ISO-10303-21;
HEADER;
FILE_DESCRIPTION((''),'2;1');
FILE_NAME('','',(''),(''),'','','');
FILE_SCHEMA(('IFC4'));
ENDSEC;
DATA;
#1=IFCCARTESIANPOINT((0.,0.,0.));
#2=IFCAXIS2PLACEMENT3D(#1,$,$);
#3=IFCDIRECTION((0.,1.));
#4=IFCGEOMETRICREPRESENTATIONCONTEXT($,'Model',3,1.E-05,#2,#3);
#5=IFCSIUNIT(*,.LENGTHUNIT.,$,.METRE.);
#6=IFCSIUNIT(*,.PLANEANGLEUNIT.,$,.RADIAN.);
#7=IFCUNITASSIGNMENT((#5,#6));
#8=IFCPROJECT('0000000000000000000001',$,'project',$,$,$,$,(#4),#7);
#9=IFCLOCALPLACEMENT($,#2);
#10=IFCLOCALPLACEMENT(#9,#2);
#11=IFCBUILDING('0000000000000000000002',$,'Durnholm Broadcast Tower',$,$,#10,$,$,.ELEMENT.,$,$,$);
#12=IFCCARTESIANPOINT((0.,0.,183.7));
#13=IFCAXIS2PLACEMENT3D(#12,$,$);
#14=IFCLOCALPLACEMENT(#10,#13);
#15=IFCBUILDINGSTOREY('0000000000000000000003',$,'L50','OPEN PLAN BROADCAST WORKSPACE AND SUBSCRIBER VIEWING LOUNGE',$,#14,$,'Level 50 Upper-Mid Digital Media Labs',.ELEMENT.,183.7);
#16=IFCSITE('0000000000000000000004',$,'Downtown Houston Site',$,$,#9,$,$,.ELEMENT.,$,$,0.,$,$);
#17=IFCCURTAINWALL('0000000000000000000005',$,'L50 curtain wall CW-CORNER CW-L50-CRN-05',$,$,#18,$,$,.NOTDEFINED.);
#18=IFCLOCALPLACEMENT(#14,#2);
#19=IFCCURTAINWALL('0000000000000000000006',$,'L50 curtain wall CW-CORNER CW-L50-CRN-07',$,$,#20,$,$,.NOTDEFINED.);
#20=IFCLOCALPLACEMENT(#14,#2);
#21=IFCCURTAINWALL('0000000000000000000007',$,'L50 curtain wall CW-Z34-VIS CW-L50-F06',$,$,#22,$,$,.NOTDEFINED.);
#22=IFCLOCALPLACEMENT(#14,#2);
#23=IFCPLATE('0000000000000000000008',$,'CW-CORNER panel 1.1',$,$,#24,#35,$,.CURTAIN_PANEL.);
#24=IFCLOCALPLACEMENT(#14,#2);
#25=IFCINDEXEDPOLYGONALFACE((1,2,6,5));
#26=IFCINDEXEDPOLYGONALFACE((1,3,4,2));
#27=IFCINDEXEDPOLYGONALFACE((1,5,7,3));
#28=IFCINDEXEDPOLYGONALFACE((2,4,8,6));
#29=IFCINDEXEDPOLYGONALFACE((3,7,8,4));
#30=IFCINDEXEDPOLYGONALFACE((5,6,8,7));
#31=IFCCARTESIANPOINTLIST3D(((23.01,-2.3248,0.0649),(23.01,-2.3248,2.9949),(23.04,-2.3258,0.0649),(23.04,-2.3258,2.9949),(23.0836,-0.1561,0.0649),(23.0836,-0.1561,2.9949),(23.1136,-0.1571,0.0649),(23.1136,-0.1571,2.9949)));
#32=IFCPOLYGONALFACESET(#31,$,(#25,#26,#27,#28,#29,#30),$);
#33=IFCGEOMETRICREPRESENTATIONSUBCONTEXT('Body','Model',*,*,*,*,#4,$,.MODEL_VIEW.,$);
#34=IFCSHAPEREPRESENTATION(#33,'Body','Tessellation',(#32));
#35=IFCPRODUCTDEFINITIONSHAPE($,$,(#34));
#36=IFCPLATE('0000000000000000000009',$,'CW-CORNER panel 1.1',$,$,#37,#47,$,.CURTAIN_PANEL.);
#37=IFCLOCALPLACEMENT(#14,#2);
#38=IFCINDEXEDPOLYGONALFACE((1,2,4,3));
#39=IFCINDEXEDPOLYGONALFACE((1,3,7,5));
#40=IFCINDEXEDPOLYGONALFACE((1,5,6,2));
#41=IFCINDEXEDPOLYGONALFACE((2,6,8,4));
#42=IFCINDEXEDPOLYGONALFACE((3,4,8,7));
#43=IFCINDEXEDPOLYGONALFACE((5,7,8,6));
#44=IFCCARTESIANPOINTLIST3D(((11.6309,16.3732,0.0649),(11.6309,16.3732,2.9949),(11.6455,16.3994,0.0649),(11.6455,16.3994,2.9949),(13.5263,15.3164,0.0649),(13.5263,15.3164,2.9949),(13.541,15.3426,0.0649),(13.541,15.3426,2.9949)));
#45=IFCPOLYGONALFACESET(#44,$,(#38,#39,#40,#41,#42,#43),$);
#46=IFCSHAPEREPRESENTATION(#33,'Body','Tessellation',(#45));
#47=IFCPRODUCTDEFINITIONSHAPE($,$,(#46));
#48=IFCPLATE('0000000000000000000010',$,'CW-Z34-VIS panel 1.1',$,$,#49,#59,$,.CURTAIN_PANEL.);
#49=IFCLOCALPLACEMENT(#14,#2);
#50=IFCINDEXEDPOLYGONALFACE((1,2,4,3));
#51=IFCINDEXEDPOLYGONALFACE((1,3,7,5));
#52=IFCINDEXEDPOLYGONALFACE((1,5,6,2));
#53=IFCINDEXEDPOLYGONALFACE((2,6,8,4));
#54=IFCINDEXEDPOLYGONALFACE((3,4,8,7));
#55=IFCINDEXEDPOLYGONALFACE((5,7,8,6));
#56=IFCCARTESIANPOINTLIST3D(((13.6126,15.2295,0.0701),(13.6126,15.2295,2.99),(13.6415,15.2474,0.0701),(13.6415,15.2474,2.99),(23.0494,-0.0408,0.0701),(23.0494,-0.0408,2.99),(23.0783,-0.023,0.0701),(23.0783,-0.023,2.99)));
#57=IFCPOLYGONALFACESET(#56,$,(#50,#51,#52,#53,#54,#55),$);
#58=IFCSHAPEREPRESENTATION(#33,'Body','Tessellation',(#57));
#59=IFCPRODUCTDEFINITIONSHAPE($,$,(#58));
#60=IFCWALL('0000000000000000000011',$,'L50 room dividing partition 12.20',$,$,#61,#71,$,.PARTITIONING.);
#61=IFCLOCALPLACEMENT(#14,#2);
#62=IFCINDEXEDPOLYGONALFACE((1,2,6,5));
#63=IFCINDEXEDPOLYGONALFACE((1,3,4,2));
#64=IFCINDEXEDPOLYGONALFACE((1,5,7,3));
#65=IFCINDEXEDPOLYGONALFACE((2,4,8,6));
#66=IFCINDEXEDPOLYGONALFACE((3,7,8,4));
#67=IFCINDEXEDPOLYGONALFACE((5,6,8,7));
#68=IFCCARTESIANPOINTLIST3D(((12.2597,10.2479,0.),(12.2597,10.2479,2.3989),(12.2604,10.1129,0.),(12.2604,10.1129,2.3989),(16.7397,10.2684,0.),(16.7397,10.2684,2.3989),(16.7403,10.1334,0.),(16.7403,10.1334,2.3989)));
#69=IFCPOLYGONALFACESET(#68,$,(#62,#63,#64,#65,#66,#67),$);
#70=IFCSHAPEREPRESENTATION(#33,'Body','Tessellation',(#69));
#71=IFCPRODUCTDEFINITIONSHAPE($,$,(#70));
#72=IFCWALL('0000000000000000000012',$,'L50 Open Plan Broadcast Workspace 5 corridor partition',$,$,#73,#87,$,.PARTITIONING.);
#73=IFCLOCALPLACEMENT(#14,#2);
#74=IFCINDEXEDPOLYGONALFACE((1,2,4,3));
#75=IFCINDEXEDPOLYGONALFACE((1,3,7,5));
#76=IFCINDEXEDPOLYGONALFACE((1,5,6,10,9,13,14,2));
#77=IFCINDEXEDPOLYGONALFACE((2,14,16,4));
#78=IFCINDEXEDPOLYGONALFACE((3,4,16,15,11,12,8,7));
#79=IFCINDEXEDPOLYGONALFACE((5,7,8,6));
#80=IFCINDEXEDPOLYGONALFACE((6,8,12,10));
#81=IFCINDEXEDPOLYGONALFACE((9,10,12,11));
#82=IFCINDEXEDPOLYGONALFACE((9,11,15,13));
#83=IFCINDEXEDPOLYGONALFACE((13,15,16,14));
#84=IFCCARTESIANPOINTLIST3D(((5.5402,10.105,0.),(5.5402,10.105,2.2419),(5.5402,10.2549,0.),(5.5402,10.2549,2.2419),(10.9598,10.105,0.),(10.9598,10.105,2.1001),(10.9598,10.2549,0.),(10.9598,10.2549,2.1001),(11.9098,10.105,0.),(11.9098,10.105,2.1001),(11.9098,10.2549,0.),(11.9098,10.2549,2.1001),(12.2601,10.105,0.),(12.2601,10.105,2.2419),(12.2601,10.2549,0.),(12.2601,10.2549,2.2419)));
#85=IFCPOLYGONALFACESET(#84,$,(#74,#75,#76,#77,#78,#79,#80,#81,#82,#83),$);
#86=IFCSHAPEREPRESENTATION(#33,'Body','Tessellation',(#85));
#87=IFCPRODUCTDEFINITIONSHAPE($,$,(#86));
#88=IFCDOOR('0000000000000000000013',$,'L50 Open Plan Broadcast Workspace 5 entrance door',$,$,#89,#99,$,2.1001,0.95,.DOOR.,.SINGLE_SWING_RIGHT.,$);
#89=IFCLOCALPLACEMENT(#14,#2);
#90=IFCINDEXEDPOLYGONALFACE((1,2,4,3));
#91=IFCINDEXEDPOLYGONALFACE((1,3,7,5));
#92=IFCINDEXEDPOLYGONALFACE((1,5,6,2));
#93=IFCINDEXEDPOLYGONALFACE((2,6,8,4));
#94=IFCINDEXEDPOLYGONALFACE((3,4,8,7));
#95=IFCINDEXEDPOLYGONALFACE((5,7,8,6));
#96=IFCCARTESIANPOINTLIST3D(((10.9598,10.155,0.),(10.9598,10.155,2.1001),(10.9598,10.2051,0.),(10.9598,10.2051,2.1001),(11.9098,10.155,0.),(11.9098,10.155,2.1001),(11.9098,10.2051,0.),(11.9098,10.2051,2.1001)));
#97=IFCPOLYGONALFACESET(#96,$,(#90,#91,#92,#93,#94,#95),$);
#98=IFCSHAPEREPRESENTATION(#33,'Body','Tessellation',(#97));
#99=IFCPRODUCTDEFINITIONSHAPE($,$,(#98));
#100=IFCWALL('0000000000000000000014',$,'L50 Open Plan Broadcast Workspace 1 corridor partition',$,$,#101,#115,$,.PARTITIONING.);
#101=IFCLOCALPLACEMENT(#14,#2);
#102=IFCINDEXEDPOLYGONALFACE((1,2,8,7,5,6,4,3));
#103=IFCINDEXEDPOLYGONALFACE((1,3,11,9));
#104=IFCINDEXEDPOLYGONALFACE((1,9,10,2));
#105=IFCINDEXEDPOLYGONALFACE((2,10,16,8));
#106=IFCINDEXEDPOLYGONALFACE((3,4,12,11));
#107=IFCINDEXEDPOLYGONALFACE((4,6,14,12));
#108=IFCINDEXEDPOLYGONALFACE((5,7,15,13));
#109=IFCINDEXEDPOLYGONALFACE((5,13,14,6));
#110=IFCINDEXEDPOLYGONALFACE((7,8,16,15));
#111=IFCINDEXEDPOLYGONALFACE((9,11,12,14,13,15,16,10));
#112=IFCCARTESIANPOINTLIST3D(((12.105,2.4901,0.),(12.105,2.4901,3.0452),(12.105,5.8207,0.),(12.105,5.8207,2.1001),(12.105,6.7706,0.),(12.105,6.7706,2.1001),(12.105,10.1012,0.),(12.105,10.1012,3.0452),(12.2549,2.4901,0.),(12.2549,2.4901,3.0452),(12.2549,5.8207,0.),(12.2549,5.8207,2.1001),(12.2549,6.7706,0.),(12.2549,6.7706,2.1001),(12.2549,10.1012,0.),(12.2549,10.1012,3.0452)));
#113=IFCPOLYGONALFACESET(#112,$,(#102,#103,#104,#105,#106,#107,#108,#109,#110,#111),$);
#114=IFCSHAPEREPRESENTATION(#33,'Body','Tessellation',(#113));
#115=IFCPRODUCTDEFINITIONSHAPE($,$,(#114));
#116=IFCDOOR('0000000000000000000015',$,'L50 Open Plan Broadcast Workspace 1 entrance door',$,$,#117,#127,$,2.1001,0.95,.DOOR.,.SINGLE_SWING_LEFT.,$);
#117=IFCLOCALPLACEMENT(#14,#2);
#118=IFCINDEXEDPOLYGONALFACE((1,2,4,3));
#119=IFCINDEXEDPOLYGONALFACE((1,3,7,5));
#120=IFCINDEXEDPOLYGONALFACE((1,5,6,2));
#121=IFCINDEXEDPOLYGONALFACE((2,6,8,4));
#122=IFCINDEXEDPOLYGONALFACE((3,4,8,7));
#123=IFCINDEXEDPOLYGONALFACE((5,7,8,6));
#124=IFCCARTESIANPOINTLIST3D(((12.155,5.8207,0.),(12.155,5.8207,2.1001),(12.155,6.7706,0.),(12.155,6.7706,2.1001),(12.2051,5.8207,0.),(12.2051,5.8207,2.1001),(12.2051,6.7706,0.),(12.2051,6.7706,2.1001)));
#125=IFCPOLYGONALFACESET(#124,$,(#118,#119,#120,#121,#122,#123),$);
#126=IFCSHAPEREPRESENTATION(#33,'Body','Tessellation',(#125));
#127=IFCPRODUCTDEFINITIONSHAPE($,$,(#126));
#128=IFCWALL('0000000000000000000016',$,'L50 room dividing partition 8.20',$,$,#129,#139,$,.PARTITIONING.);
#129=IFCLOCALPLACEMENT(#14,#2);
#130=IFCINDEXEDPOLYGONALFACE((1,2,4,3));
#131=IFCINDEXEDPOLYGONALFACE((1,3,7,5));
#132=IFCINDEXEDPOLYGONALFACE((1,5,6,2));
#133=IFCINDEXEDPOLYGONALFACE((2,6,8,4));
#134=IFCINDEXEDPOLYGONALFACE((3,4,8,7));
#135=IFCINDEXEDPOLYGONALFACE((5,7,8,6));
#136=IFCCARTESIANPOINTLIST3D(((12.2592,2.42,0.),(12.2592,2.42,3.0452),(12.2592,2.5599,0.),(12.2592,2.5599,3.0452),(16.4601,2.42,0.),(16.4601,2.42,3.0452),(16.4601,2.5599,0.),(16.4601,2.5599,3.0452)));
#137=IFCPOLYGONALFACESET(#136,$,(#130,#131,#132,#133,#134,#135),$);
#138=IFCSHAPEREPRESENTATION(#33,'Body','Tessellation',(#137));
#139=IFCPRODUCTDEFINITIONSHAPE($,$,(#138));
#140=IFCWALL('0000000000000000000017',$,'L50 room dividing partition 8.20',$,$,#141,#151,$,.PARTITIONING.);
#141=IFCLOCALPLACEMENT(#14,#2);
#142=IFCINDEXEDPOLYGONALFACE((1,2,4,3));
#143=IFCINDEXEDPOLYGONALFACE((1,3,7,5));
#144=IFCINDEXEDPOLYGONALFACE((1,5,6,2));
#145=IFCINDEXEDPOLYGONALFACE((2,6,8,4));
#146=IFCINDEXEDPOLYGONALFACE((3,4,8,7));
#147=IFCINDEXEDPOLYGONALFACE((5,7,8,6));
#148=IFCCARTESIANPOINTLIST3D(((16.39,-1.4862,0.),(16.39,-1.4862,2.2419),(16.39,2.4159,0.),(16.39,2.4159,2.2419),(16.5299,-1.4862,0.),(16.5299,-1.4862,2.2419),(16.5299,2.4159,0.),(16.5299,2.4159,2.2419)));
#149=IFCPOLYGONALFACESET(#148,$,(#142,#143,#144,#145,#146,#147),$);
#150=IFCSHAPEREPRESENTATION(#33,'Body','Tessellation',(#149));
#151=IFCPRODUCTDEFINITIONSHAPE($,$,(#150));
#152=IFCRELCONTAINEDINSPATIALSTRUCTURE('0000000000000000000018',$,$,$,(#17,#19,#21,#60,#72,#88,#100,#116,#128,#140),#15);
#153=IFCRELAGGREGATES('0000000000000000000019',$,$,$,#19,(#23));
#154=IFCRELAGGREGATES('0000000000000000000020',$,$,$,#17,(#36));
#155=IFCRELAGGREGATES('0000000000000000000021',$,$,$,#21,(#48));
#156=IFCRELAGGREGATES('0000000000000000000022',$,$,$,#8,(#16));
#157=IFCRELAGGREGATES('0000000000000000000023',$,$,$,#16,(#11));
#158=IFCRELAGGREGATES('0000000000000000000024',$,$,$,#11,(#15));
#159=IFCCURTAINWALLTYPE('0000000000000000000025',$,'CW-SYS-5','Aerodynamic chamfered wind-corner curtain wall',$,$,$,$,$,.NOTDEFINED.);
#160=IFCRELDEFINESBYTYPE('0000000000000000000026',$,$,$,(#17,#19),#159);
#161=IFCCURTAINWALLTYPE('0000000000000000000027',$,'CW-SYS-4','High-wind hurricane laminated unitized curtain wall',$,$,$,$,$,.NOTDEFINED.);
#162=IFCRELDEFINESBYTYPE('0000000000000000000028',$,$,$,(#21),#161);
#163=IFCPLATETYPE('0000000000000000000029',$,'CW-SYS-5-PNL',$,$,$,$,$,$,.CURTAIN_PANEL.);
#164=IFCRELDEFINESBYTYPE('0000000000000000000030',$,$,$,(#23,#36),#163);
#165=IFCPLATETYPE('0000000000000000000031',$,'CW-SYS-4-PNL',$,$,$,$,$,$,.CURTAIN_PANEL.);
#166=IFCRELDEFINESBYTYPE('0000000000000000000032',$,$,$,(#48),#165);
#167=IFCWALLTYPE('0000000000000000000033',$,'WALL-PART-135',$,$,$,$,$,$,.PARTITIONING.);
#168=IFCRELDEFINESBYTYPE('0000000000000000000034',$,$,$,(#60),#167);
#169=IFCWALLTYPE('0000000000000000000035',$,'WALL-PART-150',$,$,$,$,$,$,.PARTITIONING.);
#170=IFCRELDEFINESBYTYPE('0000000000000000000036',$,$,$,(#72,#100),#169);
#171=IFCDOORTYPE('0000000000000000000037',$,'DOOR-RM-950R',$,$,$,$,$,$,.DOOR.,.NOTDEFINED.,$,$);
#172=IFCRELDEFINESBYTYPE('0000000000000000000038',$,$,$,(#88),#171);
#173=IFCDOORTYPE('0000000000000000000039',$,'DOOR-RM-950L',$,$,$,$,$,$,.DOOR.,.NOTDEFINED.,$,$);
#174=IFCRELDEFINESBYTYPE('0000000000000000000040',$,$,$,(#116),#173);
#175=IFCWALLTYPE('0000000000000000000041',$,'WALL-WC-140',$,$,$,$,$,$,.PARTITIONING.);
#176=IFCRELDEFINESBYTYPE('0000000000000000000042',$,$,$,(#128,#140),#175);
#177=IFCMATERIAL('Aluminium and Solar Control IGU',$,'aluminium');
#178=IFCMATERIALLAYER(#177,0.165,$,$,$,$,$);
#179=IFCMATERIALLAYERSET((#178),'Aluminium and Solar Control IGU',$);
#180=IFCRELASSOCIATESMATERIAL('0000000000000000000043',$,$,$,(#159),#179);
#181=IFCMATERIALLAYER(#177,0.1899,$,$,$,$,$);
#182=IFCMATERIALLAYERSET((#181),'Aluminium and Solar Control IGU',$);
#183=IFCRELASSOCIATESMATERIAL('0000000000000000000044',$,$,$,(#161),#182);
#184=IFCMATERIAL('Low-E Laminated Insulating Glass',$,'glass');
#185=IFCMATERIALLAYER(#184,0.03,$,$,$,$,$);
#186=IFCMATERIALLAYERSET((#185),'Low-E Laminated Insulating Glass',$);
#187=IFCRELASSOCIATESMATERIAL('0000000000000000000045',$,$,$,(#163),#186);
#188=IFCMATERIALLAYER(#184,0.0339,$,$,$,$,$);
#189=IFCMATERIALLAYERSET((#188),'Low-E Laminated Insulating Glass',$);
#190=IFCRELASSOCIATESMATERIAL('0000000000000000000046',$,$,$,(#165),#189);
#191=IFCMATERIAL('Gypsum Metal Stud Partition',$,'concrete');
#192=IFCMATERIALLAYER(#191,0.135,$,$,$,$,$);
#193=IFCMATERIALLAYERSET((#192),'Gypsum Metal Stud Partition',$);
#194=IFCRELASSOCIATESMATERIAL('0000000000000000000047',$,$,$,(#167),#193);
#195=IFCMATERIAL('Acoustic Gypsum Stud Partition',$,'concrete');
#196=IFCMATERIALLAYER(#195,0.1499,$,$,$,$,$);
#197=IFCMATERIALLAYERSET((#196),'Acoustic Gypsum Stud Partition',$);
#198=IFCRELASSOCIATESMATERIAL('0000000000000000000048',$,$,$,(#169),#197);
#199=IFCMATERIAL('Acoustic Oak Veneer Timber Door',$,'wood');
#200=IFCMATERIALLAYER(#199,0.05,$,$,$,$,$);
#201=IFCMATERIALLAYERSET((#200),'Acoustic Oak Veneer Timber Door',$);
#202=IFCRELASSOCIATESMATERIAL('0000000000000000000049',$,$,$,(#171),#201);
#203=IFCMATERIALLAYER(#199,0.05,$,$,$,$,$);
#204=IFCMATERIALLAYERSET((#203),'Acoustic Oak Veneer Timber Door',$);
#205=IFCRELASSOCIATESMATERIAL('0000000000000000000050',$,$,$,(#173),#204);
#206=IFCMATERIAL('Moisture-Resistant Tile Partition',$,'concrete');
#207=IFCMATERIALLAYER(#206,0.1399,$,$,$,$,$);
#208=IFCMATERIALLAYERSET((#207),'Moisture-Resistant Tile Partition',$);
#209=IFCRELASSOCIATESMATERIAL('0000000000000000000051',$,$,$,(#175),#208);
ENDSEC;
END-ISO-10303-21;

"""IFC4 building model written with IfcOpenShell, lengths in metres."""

from ifc_helpers import new_model, si_unit, direction, frame, frame_2d, origin, origin_2d, place, context, subcontext, project, spatial, rectangle, extrude, source, transform, mapped, material, layer, layer_set, type_object, type_shapes, element, fill, aggregate, save


model = new_model("IFC4")

# Units and contexts
model_context = context("Model", 3, precision=1e-05, world=origin(), true_north=direction((0.0, 1.0)))
body_context = subcontext(model_context, "Body", "Model", "MODEL_VIEW")
ifc_project = project(units=[si_unit("LENGTHUNIT", "METRE"), si_unit("PLANEANGLEUNIT", "RADIAN")], contexts=[model_context])

# Site, building, storey
site_placement = place(None, origin())
site = spatial("IfcSite", under=ifc_project, at=site_placement, Name="Downtown Houston Site", CompositionType="ELEMENT", RefElevation=0.0)
building_placement = place(site_placement, origin())
building = spatial("IfcBuilding", under=site, at=building_placement, Name="Durnholm Broadcast Tower", CompositionType="ELEMENT")
storey_placement = place(building_placement, frame((0.0, 0.0, 183.7)))
storey = spatial("IfcBuildingStorey", under=building, at=storey_placement, Name="L50", Description="OPEN PLAN BROADCAST WORKSPACE AND SUBSCRIBER VIEWING LOUNGE", LongName="Level 50 Upper-Mid Digital Media Labs", CompositionType="ELEMENT", Elevation=183.7)

# Curtain wall
ifc_material_1 = material(Name="Aluminium and Solar Control IGU", Category="aluminium")
ifc_layer_1 = layer(ifc_material_1, 0.165)
ifc_layer_set_1 = layer_set([ifc_layer_1], Name="Aluminium and Solar Control IGU")
curtain_wall_type_1 = type_object("IfcCurtainWallType", Name="CW-SYS-5", Description="Aerodynamic chamfered wind-corner curtain wall", PredefinedType="NOTDEFINED", material=ifc_layer_set_1)
curtain_wall_1_placement = place(storey_placement, origin())
curtain_wall_1 = element("IfcCurtainWall", 1, at=curtain_wall_1_placement, inside=storey, type_object=curtain_wall_type_1, Name="L50 curtain wall CW-CORNER CW-L50-CRN-05", PredefinedType="NOTDEFINED")

# Curtain wall
curtain_wall_2_placement = place(storey_placement, origin())
curtain_wall_2 = element("IfcCurtainWall", 2, at=curtain_wall_2_placement, inside=storey, type_object=curtain_wall_type_1, Name="L50 curtain wall CW-CORNER CW-L50-CRN-07", PredefinedType="NOTDEFINED")

# Curtain wall
ifc_layer_2 = layer(ifc_material_1, 0.1899)
ifc_layer_set_2 = layer_set([ifc_layer_2], Name="Aluminium and Solar Control IGU")
curtain_wall_type_2 = type_object("IfcCurtainWallType", Name="CW-SYS-4", Description="High-wind hurricane laminated unitized curtain wall", PredefinedType="NOTDEFINED", material=ifc_layer_set_2)
curtain_wall_3_placement = place(storey_placement, origin())
curtain_wall_3 = element("IfcCurtainWall", 3, at=curtain_wall_3_placement, inside=storey, type_object=curtain_wall_type_2, Name="L50 curtain wall CW-Z34-VIS CW-L50-F06", PredefinedType="NOTDEFINED")

# Plates
ifc_material_2 = material(Name="Low-E Laminated Insulating Glass", Category="glass")
ifc_layer_3 = layer(ifc_material_2, 0.03)
ifc_layer_set_3 = layer_set([ifc_layer_3], Name="Low-E Laminated Insulating Glass")
plate_type_1 = type_object("IfcPlateType", Name="CW-SYS-5-PNL", PredefinedType="CURTAIN_PANEL", material=ifc_layer_set_3)
shared_shape_1 = source(origin(), body_context, "Body", "SweptSolid", [
    extrude(rectangle(XDim=2.1699, YDim=0.03, at=origin_2d()), origin(), (0.0, 0.0, 1.0), 2.9299),
])
plate_1_placement = place(storey_placement, frame((23.0618, -1.241, 0.0649), z_axis=(0.0, 0.0, 1.0), x_axis=(-0.033913, -0.999425, 0.0)))
plate_1 = element("IfcPlate", 4, at=plate_1_placement, type_object=plate_type_1, Name="CW-CORNER panel 1.1", PredefinedType="CURTAIN_PANEL", context=body_context, shape_type="MappedRepresentation", body=[
    mapped(shared_shape_1, transform((0.0, 0.0, 0.0), x_axis=(1.0, 0.0, 0.0), y_axis=(0.0, 1.0, 0.0), z_axis=(0.0, 0.0, 1.0), scale=1.0)),
])
aggregate(curtain_wall_2, [plate_1])
shared_shape_2 = source(origin(), body_context, "Body", "SweptSolid", [
    extrude(rectangle(XDim=2.1702, YDim=0.03, at=origin_2d()), origin(), (0.0, 0.0, 1.0), 2.9299),
])
type_shapes(plate_type_1, [shared_shape_1, shared_shape_2])
plate_2_placement = place(storey_placement, frame((12.5859, 15.8579, 0.0649), z_axis=(0.0, 0.0, 1.0), x_axis=(0.87341, -0.486986, 0.0)))
plate_2 = element("IfcPlate", 5, at=plate_2_placement, type_object=plate_type_1, Name="CW-CORNER panel 1.1", PredefinedType="CURTAIN_PANEL", context=body_context, shape_type="MappedRepresentation", body=[
    mapped(shared_shape_2, transform((0.0, 0.0, 0.0), x_axis=(1.0, 0.0, 0.0), y_axis=(0.0, 1.0, 0.0), z_axis=(0.0, 0.0, 1.0), scale=1.0)),
])
aggregate(curtain_wall_1, [plate_2])
ifc_layer_4 = layer(ifc_material_2, 0.0339)
ifc_layer_set_4 = layer_set([ifc_layer_4], Name="Low-E Laminated Insulating Glass")
plate_type_2 = type_object("IfcPlateType", Name="CW-SYS-4-PNL", PredefinedType="CURTAIN_PANEL", material=ifc_layer_set_4)
shared_shape_3 = source(origin(), body_context, "Body", "SweptSolid", [
    extrude(rectangle(XDim=17.9509, YDim=0.0339, at=origin_2d()), origin(), (0.0, 0.0, 1.0), 2.9199),
])
type_shapes(plate_type_2, [shared_shape_3])
plate_3_placement = place(storey_placement, frame((18.3455, 7.6033, 0.0701), z_axis=(0.0, 0.0, 1.0), x_axis=(0.525698, -0.850671, 0.0)))
plate_3 = element("IfcPlate", 6, at=plate_3_placement, type_object=plate_type_2, Name="CW-Z34-VIS panel 1.1", PredefinedType="CURTAIN_PANEL", context=body_context, shape_type="MappedRepresentation", body=[
    mapped(shared_shape_3, transform((0.0, 0.0, 0.0), x_axis=(1.0, 0.0, 0.0), y_axis=(0.0, 1.0, 0.0), z_axis=(0.0, 0.0, 1.0), scale=1.0)),
])
aggregate(curtain_wall_3, [plate_3])

# Wall
ifc_material_3 = material(Name="Gypsum Metal Stud Partition", Category="concrete")
ifc_layer_5 = layer(ifc_material_3, 0.135)
ifc_layer_set_5 = layer_set([ifc_layer_5], Name="Gypsum Metal Stud Partition")
wall_type_1 = type_object("IfcWallType", Name="WALL-PART-135", PredefinedType="PARTITIONING", material=ifc_layer_set_5)
wall_1_placement = place(storey_placement, frame((16.74, 10.2009, 0.0), z_axis=(0.0, 0.0, 1.0), x_axis=(-0.99999, -0.004578, 0.0)))
element("IfcWall", 7, at=wall_1_placement, inside=storey, type_object=wall_type_1, Name="L50 room dividing partition 12.20", PredefinedType="PARTITIONING", context=body_context, shape_type="SweptSolid", body=[
    extrude(rectangle(XDim=4.48, YDim=0.135, at=frame_2d((2.24, 0.0))), origin(), (0.0, 0.0, 1.0), 2.3989),
])

# Walls, openings, doors
ifc_material_4 = material(Name="Acoustic Gypsum Stud Partition", Category="concrete")
ifc_layer_6 = layer(ifc_material_4, 0.1499)
ifc_layer_set_6 = layer_set([ifc_layer_6], Name="Acoustic Gypsum Stud Partition")
wall_type_2 = type_object("IfcWallType", Name="WALL-PART-150", PredefinedType="PARTITIONING", material=ifc_layer_set_6)
wall_2_placement = place(storey_placement, frame((12.26, 10.1799, 0.0), z_axis=(0.0, 0.0, 1.0), x_axis=(-1.0, 0.0, 0.0)))
wall_2 = element("IfcWall", 8, at=wall_2_placement, inside=storey, type_object=wall_type_2, Name="L50 Open Plan Broadcast Workspace 5 corridor partition", PredefinedType="PARTITIONING", context=body_context, shape_type="SweptSolid", body=[
    extrude(rectangle(XDim=6.72, YDim=0.1499, at=frame_2d((3.3599, 0.0))), origin(), (0.0, 0.0, 1.0), 2.2419),
])
opening_1_placement = place(wall_2_placement, frame((0.3501, 0.0, 0.0)))
opening_1 = element("IfcOpeningElement", 9, at=opening_1_placement, cuts=wall_2, PredefinedType="OPENING", context=body_context, shape_type="SweptSolid", body=[
    extrude(rectangle(XDim=0.95, YDim=2.1001, at=frame_2d((0.4751, 1.05))), frame((0.0, 0.085, 0.0), z_axis=(0.0, -1.0, 0.0), x_axis=(1.0, 0.0, 0.0)), (0.0, 0.0, 1.0), 0.1699),
])
ifc_material_5 = material(Name="Acoustic Oak Veneer Timber Door", Category="wood")
ifc_layer_7 = layer(ifc_material_5, 0.05)
ifc_layer_set_7 = layer_set([ifc_layer_7], Name="Acoustic Oak Veneer Timber Door")
door_type_1 = type_object("IfcDoorType", Name="DOOR-RM-950R", OperationType="NOTDEFINED", PredefinedType="DOOR", material=ifc_layer_set_7)
shared_shape_4 = source(origin(), body_context, "Body", "SweptSolid", [
    extrude(rectangle(XDim=0.95, YDim=2.1001, at=frame_2d((0.4751, 1.05))), frame((0.0, 0.0249, 0.0), z_axis=(0.0, -1.0, 0.0), x_axis=(1.0, 0.0, 0.0)), (0.0, 0.0, 1.0), 0.05),
])
type_shapes(door_type_1, [shared_shape_4])
door_1_placement = place(opening_1_placement, origin())
door_1 = element("IfcDoor", 10, at=door_1_placement, inside=storey, type_object=door_type_1, Name="L50 Open Plan Broadcast Workspace 5 entrance door", OperationType="SINGLE_SWING_RIGHT", OverallHeight=2.1001, OverallWidth=0.95, PredefinedType="DOOR", context=body_context, shape_type="MappedRepresentation", body=[
    mapped(shared_shape_4, transform((0.0, 0.0, 0.0), x_axis=(1.0, 0.0, 0.0), y_axis=(0.0, 1.0, 0.0), z_axis=(0.0, 0.0, 1.0), scale=1.0)),
])
fill(opening_1, door_1)
wall_3_placement = place(storey_placement, frame((12.1799, 2.49, 0.0), z_axis=(0.0, 0.0, 1.0), x_axis=(0.0, 1.0, 0.0)))
wall_3 = element("IfcWall", 11, at=wall_3_placement, inside=storey, type_object=wall_type_2, Name="L50 Open Plan Broadcast Workspace 1 corridor partition", PredefinedType="PARTITIONING", context=body_context, shape_type="SweptSolid", body=[
    extrude(rectangle(XDim=7.6111, YDim=0.1499, at=frame_2d((3.8057, 0.0))), origin(), (0.0, 0.0, 1.0), 3.0452),
])
opening_2_placement = place(wall_3_placement, frame((3.3306, 0.0, 0.0)))
opening_2 = element("IfcOpeningElement", 12, at=opening_2_placement, cuts=wall_3, PredefinedType="OPENING", context=body_context, shape_type="SweptSolid", body=[
    extrude(rectangle(XDim=0.95, YDim=2.1001, at=frame_2d((0.4751, 1.05))), frame((0.0, 0.085, 0.0), z_axis=(0.0, -1.0, 0.0), x_axis=(1.0, 0.0, 0.0)), (0.0, 0.0, 1.0), 0.1699),
])
ifc_layer_8 = layer(ifc_material_5, 0.05)
ifc_layer_set_8 = layer_set([ifc_layer_8], Name="Acoustic Oak Veneer Timber Door")
door_type_2 = type_object("IfcDoorType", Name="DOOR-RM-950L", OperationType="NOTDEFINED", PredefinedType="DOOR", material=ifc_layer_set_8)
shared_shape_5 = source(origin(), body_context, "Body", "SweptSolid", [
    extrude(rectangle(XDim=0.95, YDim=2.1001, at=frame_2d((0.4751, 1.05))), frame((0.0, 0.0249, 0.0), z_axis=(0.0, -1.0, 0.0), x_axis=(1.0, 0.0, 0.0)), (0.0, 0.0, 1.0), 0.05),
])
type_shapes(door_type_2, [shared_shape_5])
door_2_placement = place(opening_2_placement, origin())
door_2 = element("IfcDoor", 13, at=door_2_placement, inside=storey, type_object=door_type_2, Name="L50 Open Plan Broadcast Workspace 1 entrance door", OperationType="SINGLE_SWING_LEFT", OverallHeight=2.1001, OverallWidth=0.95, PredefinedType="DOOR", context=body_context, shape_type="MappedRepresentation", body=[
    mapped(shared_shape_5, transform((0.0, 0.0, 0.0), x_axis=(1.0, 0.0, 0.0), y_axis=(0.0, 1.0, 0.0), z_axis=(0.0, 0.0, 1.0), scale=1.0)),
])
fill(opening_2, door_2)

# Walls
ifc_material_6 = material(Name="Moisture-Resistant Tile Partition", Category="concrete")
ifc_layer_9 = layer(ifc_material_6, 0.1399)
ifc_layer_set_9 = layer_set([ifc_layer_9], Name="Moisture-Resistant Tile Partition")
wall_type_3 = type_object("IfcWallType", Name="WALL-WC-140", PredefinedType="PARTITIONING", material=ifc_layer_set_9)
wall_4_placement = place(storey_placement, frame((12.259, 2.49, 0.0), z_axis=(0.0, 0.0, 1.0), x_axis=(1.0, 0.0, 0.0)))
element("IfcWall", 14, at=wall_4_placement, inside=storey, type_object=wall_type_3, Name="L50 room dividing partition 8.20", PredefinedType="PARTITIONING", context=body_context, shape_type="SweptSolid", body=[
    extrude(rectangle(XDim=4.2009, YDim=0.1399, at=frame_2d((2.1006, 0.0))), origin(), (0.0, 0.0, 1.0), 3.0452),
])
wall_5_placement = place(storey_placement, frame((16.46, 2.416, 0.0), z_axis=(0.0, 0.0, 1.0), x_axis=(0.0, -1.0, 0.0)))
element("IfcWall", 15, at=wall_5_placement, inside=storey, type_object=wall_type_3, Name="L50 room dividing partition 8.20", PredefinedType="PARTITIONING", context=body_context, shape_type="SweptSolid", body=[
    extrude(rectangle(XDim=3.9021, YDim=0.1399, at=frame_2d((1.9512, 0.0))), origin(), (0.0, 0.0, 1.0), 2.2419),
])

save(model, "model.ifc")
